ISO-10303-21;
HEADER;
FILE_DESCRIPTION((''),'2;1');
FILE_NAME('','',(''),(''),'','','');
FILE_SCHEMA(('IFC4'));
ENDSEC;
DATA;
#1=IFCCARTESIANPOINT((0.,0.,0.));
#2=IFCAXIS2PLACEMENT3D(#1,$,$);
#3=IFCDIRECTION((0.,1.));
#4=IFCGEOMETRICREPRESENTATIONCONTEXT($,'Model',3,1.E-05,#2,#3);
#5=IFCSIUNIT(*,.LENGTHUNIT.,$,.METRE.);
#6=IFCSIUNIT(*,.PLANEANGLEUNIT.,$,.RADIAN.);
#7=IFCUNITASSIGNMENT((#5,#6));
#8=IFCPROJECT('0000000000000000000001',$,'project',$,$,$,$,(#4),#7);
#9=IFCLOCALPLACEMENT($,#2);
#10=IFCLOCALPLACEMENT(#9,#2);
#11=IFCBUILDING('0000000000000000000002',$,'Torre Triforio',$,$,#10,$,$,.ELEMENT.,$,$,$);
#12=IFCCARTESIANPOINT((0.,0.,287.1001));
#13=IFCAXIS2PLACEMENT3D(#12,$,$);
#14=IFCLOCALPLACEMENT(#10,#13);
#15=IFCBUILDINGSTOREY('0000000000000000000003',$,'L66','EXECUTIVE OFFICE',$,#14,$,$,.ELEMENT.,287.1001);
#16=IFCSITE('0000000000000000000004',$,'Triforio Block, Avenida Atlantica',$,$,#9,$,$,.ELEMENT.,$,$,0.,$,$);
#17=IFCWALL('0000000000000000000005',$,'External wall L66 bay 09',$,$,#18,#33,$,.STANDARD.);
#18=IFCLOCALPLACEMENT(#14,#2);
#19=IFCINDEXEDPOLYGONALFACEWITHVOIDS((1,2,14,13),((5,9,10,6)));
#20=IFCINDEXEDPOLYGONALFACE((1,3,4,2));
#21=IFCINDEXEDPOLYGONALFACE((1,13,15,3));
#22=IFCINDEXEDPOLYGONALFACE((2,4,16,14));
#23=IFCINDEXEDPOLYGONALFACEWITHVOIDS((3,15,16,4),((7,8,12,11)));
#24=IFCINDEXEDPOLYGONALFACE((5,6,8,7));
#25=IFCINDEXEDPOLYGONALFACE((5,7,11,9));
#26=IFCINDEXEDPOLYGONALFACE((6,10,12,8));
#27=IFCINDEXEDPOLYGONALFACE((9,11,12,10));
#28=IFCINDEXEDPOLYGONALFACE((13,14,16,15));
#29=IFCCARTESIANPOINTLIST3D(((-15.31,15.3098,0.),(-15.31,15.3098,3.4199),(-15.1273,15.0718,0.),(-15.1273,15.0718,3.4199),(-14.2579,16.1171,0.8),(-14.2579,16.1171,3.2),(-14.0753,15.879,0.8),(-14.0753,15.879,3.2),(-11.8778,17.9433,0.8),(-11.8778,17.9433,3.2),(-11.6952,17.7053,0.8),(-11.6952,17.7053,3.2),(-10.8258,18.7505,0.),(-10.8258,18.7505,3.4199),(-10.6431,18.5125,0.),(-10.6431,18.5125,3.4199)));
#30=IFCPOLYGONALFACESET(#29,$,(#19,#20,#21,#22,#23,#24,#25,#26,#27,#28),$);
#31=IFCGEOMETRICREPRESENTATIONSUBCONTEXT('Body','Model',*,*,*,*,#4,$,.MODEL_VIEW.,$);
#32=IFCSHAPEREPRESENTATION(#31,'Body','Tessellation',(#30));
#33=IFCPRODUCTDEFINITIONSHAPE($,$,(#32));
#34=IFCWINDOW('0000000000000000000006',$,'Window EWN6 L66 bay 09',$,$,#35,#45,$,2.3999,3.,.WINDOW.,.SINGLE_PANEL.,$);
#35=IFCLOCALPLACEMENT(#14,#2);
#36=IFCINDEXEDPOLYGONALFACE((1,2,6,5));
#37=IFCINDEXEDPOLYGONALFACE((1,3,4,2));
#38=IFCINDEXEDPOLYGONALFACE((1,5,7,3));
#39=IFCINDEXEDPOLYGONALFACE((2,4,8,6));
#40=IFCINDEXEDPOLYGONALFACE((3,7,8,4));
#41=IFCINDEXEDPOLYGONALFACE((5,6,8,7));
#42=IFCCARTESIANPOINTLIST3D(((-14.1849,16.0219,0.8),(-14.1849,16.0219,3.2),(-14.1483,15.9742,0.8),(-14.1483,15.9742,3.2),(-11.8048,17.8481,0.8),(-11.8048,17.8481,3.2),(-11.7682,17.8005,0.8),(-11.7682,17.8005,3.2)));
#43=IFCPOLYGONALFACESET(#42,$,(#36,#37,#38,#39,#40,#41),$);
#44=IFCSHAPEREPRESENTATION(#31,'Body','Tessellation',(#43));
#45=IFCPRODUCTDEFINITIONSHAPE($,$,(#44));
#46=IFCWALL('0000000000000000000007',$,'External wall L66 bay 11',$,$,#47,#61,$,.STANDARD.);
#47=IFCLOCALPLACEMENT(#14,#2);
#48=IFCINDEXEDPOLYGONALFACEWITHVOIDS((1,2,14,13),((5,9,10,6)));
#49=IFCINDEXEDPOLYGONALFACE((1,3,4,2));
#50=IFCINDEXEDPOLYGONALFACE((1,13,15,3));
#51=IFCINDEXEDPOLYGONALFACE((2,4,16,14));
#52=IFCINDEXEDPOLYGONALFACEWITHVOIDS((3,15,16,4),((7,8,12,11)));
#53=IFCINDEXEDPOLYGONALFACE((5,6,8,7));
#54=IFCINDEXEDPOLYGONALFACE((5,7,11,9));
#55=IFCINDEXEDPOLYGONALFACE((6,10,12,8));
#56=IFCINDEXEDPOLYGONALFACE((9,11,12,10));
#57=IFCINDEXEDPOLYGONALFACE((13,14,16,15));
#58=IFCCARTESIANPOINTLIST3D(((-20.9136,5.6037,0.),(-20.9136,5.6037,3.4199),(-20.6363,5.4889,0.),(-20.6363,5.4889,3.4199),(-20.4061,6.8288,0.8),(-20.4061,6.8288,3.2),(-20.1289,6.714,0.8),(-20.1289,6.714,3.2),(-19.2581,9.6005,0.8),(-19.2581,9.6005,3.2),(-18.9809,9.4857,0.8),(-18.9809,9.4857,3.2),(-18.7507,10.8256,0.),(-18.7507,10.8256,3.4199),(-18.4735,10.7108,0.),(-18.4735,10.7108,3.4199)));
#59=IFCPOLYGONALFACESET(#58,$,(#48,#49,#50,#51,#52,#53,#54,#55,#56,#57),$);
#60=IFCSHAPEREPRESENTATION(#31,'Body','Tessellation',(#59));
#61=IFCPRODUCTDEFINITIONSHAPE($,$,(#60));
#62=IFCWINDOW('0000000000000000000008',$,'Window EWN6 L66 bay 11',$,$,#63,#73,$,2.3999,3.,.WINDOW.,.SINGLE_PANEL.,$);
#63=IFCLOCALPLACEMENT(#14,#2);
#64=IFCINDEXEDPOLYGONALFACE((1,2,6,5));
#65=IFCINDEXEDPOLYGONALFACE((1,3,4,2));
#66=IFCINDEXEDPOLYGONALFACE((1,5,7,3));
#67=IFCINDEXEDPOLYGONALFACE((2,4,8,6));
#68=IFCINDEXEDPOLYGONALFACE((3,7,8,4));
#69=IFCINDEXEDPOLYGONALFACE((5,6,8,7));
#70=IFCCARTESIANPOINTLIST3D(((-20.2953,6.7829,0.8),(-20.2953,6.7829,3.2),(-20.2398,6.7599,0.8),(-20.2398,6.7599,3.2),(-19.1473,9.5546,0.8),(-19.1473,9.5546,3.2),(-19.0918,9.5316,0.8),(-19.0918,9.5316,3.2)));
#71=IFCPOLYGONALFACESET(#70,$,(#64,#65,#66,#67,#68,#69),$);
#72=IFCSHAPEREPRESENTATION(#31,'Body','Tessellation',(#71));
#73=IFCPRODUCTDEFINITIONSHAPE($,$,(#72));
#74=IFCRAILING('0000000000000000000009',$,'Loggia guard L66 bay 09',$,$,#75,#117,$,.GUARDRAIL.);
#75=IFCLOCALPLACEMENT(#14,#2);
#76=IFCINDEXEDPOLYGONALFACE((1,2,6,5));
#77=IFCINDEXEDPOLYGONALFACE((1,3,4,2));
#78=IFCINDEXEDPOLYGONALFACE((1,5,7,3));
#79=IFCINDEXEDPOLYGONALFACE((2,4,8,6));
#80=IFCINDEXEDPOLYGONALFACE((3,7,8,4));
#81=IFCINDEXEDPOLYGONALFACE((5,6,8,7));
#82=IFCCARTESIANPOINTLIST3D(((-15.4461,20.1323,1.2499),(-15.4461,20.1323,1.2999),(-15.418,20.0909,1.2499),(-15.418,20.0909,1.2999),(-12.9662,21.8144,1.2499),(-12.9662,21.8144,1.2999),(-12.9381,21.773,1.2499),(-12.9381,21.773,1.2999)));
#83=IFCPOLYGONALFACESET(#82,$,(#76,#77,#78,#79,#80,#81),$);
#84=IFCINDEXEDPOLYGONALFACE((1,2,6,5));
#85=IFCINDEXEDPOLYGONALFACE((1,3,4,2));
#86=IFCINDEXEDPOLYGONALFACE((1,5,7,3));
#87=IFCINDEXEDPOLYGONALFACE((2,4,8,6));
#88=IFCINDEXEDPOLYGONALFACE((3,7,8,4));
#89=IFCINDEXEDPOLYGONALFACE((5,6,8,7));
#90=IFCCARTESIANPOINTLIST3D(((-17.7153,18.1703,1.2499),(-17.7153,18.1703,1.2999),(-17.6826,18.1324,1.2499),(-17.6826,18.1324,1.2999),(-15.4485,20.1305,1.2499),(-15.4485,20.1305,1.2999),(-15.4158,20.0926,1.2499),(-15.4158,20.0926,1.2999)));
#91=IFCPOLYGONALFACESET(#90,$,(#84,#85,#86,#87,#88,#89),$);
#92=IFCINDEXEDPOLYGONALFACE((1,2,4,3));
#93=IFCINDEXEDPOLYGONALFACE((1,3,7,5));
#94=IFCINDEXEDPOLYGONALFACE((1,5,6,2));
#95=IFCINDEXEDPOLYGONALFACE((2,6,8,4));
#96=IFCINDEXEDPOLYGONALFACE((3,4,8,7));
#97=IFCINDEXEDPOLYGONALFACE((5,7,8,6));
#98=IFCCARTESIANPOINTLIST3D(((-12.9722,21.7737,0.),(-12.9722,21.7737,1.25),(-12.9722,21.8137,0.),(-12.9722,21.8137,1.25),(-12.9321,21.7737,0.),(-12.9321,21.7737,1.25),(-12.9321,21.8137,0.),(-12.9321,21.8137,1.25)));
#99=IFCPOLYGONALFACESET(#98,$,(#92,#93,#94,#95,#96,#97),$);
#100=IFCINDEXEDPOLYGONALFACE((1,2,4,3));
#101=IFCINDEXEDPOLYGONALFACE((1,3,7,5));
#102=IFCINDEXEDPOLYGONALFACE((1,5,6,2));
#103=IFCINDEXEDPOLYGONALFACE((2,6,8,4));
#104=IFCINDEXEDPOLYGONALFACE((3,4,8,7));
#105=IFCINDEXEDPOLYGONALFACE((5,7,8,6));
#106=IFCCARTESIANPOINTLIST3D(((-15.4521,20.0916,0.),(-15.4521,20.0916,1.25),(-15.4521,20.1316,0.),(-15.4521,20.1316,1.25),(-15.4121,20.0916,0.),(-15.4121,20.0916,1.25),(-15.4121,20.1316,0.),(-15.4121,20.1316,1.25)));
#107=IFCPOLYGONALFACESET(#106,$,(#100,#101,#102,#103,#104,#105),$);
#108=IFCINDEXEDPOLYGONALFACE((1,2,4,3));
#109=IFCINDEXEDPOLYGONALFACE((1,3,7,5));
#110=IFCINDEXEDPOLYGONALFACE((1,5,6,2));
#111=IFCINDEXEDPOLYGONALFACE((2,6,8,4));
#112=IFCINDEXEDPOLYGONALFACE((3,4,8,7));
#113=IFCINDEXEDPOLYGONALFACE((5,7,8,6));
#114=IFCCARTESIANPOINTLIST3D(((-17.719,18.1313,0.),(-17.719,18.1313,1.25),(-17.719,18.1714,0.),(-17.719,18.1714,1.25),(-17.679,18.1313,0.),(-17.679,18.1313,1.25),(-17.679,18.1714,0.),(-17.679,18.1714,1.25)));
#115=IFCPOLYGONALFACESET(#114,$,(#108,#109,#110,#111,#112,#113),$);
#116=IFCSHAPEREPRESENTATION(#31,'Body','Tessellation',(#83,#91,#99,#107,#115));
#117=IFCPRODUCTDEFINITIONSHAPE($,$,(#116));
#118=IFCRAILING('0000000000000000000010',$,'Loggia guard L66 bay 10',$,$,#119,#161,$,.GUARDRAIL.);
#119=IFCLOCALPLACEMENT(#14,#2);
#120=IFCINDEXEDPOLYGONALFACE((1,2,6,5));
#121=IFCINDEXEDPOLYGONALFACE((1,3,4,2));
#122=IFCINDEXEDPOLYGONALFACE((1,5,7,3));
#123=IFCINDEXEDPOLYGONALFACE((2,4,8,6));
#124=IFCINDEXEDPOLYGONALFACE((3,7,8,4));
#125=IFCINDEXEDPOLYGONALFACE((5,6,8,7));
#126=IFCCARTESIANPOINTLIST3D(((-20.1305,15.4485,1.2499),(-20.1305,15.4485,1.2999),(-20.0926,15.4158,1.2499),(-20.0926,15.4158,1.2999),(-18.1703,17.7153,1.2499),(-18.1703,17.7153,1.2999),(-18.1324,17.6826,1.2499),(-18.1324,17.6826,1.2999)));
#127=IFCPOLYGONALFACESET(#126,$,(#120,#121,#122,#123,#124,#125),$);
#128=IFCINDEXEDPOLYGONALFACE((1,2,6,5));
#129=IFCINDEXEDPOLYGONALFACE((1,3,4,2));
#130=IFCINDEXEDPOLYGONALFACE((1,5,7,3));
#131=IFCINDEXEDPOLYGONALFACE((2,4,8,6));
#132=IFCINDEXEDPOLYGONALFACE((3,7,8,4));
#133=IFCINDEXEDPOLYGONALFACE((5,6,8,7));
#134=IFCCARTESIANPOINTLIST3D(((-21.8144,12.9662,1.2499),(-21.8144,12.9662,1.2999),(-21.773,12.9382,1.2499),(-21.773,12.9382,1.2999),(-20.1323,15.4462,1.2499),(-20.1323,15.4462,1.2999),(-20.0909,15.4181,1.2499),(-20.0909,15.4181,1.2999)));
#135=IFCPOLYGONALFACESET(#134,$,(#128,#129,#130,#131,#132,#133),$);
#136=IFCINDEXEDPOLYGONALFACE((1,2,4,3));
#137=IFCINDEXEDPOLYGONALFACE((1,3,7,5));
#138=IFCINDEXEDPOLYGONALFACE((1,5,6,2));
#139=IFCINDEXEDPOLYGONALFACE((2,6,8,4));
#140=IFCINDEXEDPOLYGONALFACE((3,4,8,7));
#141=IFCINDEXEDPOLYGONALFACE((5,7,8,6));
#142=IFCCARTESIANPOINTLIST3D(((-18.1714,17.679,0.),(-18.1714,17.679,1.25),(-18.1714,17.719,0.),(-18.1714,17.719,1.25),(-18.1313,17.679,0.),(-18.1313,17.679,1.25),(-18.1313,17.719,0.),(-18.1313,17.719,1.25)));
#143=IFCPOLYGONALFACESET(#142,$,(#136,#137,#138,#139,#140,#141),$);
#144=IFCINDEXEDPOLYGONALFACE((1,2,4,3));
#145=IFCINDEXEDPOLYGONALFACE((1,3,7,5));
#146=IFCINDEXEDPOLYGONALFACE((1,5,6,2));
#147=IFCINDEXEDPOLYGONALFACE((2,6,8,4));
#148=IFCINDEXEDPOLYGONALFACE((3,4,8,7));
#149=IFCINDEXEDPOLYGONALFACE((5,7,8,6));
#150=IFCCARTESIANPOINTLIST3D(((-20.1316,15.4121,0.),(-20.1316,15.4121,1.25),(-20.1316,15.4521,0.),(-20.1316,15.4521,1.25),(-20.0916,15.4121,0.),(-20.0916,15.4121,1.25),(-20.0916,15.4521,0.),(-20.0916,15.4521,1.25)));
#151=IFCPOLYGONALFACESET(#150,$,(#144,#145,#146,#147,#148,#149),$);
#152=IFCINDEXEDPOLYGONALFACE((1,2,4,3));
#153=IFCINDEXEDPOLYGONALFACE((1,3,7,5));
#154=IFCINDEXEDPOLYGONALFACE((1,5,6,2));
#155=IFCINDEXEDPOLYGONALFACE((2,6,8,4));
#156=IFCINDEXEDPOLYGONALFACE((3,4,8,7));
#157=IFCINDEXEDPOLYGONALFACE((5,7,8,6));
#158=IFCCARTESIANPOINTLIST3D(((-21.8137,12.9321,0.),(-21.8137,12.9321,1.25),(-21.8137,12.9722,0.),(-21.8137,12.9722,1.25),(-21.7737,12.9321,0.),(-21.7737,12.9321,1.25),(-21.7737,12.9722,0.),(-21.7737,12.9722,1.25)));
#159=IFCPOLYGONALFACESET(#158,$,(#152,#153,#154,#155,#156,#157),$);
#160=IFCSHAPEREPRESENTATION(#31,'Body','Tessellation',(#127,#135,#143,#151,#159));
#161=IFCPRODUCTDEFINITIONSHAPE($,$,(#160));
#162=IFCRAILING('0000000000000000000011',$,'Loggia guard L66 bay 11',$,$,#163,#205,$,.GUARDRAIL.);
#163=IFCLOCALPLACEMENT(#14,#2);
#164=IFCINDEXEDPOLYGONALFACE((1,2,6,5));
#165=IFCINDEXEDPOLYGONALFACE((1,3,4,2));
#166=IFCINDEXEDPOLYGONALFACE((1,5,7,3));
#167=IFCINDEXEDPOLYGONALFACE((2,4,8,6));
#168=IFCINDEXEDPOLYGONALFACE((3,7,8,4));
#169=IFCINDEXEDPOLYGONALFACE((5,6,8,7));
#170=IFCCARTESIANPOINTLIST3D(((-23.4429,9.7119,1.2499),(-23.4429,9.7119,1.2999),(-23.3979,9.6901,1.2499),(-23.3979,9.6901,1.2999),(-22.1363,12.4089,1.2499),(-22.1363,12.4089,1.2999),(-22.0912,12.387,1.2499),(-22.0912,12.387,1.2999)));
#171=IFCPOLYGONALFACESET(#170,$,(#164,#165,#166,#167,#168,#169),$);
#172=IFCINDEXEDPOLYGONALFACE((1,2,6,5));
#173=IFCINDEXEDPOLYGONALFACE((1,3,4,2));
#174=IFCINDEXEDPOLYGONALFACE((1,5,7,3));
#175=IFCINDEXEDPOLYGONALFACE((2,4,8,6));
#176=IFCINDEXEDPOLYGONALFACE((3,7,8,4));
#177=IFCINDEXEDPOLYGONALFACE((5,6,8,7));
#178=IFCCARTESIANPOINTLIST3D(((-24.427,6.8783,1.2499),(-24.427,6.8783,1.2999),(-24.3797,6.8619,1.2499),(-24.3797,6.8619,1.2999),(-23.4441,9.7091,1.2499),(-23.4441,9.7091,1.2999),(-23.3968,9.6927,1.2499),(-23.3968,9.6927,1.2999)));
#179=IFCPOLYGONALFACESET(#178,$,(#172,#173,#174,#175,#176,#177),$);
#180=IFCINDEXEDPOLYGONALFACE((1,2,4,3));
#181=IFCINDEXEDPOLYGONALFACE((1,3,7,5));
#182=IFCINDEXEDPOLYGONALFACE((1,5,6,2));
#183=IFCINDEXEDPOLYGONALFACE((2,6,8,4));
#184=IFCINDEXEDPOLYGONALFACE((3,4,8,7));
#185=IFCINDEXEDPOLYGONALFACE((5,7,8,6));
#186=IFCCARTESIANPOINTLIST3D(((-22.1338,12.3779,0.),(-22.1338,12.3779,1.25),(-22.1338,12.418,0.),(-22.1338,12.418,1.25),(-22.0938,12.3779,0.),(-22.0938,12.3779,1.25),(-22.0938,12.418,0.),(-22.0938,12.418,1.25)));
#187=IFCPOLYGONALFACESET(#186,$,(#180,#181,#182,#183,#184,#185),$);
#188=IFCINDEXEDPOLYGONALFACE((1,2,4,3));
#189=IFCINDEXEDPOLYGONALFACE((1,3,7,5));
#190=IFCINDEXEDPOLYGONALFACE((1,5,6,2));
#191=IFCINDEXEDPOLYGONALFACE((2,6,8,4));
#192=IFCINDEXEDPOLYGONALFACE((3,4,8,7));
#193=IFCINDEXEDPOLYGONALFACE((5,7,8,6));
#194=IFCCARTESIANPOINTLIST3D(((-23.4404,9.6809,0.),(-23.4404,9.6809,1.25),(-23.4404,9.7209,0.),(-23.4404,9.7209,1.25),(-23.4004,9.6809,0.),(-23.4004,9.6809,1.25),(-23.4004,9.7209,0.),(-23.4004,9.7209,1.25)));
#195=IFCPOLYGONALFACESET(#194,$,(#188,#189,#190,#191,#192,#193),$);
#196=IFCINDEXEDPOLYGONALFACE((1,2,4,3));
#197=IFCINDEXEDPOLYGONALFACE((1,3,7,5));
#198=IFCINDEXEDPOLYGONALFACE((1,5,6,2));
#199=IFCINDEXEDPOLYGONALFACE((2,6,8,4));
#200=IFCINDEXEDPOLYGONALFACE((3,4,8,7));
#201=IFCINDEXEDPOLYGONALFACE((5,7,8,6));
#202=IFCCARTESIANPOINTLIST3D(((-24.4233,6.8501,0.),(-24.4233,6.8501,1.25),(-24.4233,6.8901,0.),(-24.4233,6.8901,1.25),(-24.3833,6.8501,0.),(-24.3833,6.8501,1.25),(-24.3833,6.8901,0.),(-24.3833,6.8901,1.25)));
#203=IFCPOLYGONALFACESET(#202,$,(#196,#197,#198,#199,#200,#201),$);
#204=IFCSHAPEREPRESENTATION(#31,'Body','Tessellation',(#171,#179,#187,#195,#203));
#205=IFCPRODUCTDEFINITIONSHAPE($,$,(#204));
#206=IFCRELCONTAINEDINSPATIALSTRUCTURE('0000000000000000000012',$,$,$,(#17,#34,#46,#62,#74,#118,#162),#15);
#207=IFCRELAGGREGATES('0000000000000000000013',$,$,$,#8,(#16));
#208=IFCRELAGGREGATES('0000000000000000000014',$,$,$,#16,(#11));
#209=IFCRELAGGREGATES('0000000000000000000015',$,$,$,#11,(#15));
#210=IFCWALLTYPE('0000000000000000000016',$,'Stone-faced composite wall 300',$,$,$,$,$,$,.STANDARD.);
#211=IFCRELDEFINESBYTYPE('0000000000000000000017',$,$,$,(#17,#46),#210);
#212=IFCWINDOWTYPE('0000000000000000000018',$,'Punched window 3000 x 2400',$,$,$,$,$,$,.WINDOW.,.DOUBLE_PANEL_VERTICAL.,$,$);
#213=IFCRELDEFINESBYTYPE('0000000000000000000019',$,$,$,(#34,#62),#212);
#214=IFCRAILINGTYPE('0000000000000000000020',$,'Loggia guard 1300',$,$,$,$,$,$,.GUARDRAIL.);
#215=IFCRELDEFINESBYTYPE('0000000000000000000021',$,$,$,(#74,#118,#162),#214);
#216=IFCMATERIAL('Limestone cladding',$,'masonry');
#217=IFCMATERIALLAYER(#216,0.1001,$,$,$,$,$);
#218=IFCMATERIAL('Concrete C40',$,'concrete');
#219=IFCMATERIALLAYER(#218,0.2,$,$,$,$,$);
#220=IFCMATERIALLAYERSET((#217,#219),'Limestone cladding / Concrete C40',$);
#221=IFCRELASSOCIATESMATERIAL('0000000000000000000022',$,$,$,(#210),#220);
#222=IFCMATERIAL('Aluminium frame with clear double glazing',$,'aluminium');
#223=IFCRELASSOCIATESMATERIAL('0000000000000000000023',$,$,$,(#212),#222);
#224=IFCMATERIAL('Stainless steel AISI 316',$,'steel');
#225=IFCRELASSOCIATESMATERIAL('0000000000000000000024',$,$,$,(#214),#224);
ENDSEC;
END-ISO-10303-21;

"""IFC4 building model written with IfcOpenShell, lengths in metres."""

from ifc_helpers import new_model, si_unit, direction, frame, frame_2d, origin, origin_2d, place, context, subcontext, project, spatial, rectangle, extrude, material, layer, layer_set, type_object, element, fill, save


model = new_model("IFC4")

# Units and contexts
model_context = context("Model", 3, precision=1e-05, world=origin(), true_north=direction((0.0, 1.0)))
body_context = subcontext(model_context, "Body", "Model", "MODEL_VIEW")
ifc_project = project(units=[si_unit("LENGTHUNIT", "METRE"), si_unit("PLANEANGLEUNIT", "RADIAN")], contexts=[model_context])

# Site, building, storey
site_placement = place(None, origin())
site = spatial("IfcSite", under=ifc_project, at=site_placement, Name="Triforio Block, Avenida Atlantica", CompositionType="ELEMENT", RefElevation=0.0)
building_placement = place(site_placement, origin())
building = spatial("IfcBuilding", under=site, at=building_placement, Name="Torre Triforio", CompositionType="ELEMENT")
storey_placement = place(building_placement, frame((0.0, 0.0, 287.1001)))
storey = spatial("IfcBuildingStorey", under=building, at=storey_placement, Name="L66", Description="EXECUTIVE OFFICE", CompositionType="ELEMENT", Elevation=287.1001)

# Shared definitions
ifc_material_1 = material(Name="Concrete C40", Category="concrete")

# Shared definitions
ifc_material_2 = material(Name="Limestone cladding", Category="masonry")

# Wall, opening, window
ifc_layer_1 = layer(ifc_material_2, 0.1001)
ifc_layer_2 = layer(ifc_material_1, 0.2)
ifc_layer_set_1 = layer_set([ifc_layer_1, ifc_layer_2], Name="Limestone cladding / Concrete C40")
wall_type_1 = type_object("IfcWallType", Name="Stone-faced composite wall 300", PredefinedType="STANDARD", material=ifc_layer_set_1)
wall_1_placement = place(storey_placement, frame((-10.7344, 18.6316, 0.0), z_axis=(0.0, 0.0, 1.0), x_axis=(-0.793364, -0.608748, 0.0)))
wall_1 = element("IfcWall", 1, at=wall_1_placement, inside=storey, type_object=wall_type_1, Name="External wall L66 bay 09", PredefinedType="STANDARD", context=body_context, shape_type="SweptSolid", body=[
    extrude(rectangle(XDim=5.6521, YDim=0.3, at=frame_2d((2.8262, 0.0))), origin(), (0.0, 0.0, 1.0), 3.4199),
])
opening_1_placement = place(wall_1_placement, frame((1.3262, 0.0, 0.8)))
opening_1 = element("IfcOpeningElement", 2, at=opening_1_placement, cuts=wall_1, PredefinedType="OPENING", context=body_context, shape_type="SweptSolid", body=[
    extrude(rectangle(XDim=3.0, YDim=2.3999, at=frame_2d((1.5, 1.2))), frame((0.0, 0.1599, 0.0), z_axis=(0.0, -1.0, 0.0), x_axis=(1.0, 0.0, 0.0)), (0.0, 0.0, 1.0), 0.3201),
])
ifc_material_3 = material(Name="Aluminium frame with clear double glazing", Category="aluminium")
window_type_1 = type_object("IfcWindowType", Name="Punched window 3000 x 2400", PartitioningType="DOUBLE_PANEL_VERTICAL", PredefinedType="WINDOW", material=ifc_material_3)
window_1_placement = place(opening_1_placement, origin())
window_1 = element("IfcWindow", 3, at=window_1_placement, inside=storey, type_object=window_type_1, Name="Window EWN6 L66 bay 09", OverallHeight=2.3999, OverallWidth=3.0, PartitioningType="SINGLE_PANEL", PredefinedType="WINDOW", context=body_context, shape_type="SweptSolid", body=[
    extrude(rectangle(XDim=3.0, YDim=2.3999, at=frame_2d((1.5, 1.2))), frame((0.0, 0.03, 0.0), z_axis=(0.0, -1.0, 0.0), x_axis=(1.0, 0.0, 0.0)), (0.0, 0.0, 1.0), 0.0601),
])
fill(opening_1, window_1)

# Wall, opening, window
wall_2_placement = place(storey_placement, frame((-18.6121, 10.7683, 0.0), z_axis=(0.0, 0.0, 1.0), x_axis=(-0.382661, -0.923889, 0.0)))
wall_2 = element("IfcWall", 4, at=wall_2_placement, inside=storey, type_object=wall_type_1, Name="External wall L66 bay 11", PredefinedType="STANDARD", context=body_context, shape_type="SweptSolid", body=[
    extrude(rectangle(XDim=5.6521, YDim=0.3, at=frame_2d((2.8262, 0.0))), origin(), (0.0, 0.0, 1.0), 3.4199),
])
opening_2_placement = place(wall_2_placement, frame((1.3262, 0.0, 0.8)))
opening_2 = element("IfcOpeningElement", 5, at=opening_2_placement, cuts=wall_2, PredefinedType="OPENING", context=body_context, shape_type="SweptSolid", body=[
    extrude(rectangle(XDim=3.0, YDim=2.3999, at=frame_2d((1.5, 1.2))), frame((0.0, 0.1599, 0.0), z_axis=(0.0, -1.0, 0.0), x_axis=(1.0, 0.0, 0.0)), (0.0, 0.0, 1.0), 0.3201),
])
window_2_placement = place(opening_2_placement, origin())
window_2 = element("IfcWindow", 6, at=window_2_placement, inside=storey, type_object=window_type_1, Name="Window EWN6 L66 bay 11", OverallHeight=2.3999, OverallWidth=3.0, PartitioningType="SINGLE_PANEL", PredefinedType="WINDOW", context=body_context, shape_type="SweptSolid", body=[
    extrude(rectangle(XDim=3.0, YDim=2.3999, at=frame_2d((1.5, 1.2))), frame((0.0, 0.03, 0.0), z_axis=(0.0, -1.0, 0.0), x_axis=(1.0, 0.0, 0.0)), (0.0, 0.0, 1.0), 0.0601),
])
fill(opening_2, window_2)

# Railings
ifc_material_4 = material(Name="Stainless steel AISI 316", Category="steel")
railing_type = type_object("IfcRailingType", Name="Loggia guard 1300", PredefinedType="GUARDRAIL", material=ifc_material_4)
railing_1_placement = place(storey_placement, frame((-12.9521, 21.7937, 0.0)))
element("IfcRailing", 7, at=railing_1_placement, inside=storey, type_object=railing_type, Name="Loggia guard L66 bay 09", PredefinedType="GUARDRAIL", context=body_context, shape_type="SweptSolid", body=[
    extrude(rectangle(XDim=0.05, YDim=0.05, at=origin_2d()), frame((0.0, 0.0, 1.2749), z_axis=(-0.827587, -0.561338, 0.0), x_axis=(0.561338, -0.827587, 0.0)), (0.0, 0.0, 1.0), 2.9966),
    extrude(rectangle(XDim=0.05, YDim=0.05, at=origin_2d()), frame((-2.48, -1.6821, 1.2749), z_axis=(-0.756414, -0.654093, 0.0), x_axis=(0.654093, -0.756414, 0.0)), (0.0, 0.0, 1.0), 2.9968),
    extrude(rectangle(XDim=0.04, YDim=0.04, at=origin_2d()), origin(), (0.0, 0.0, 1.0), 1.25),
    extrude(rectangle(XDim=0.04, YDim=0.04, at=origin_2d()), frame((-2.48, -1.6821, 0.0)), (0.0, 0.0, 1.0), 1.25),
    extrude(rectangle(XDim=0.04, YDim=0.04, at=origin_2d()), frame((-4.7468, -3.6423, 0.0)), (0.0, 0.0, 1.0), 1.25),
])
railing_2_placement = place(storey_placement, frame((-18.1514, 17.699, 0.0)))
element("IfcRailing", 8, at=railing_2_placement, inside=storey, type_object=railing_type, Name="Loggia guard L66 bay 10", PredefinedType="GUARDRAIL", context=body_context, shape_type="SweptSolid", body=[
    extrude(rectangle(XDim=0.05, YDim=0.05, at=origin_2d()), frame((0.0, 0.0, 1.2749), z_axis=(-0.654093, -0.756414, 0.0), x_axis=(0.756414, -0.654093, 0.0)), (0.0, 0.0, 1.0), 2.9968),
    extrude(rectangle(XDim=0.05, YDim=0.05, at=origin_2d()), frame((-1.9602, -2.2668, 1.2749), z_axis=(-0.561338, -0.827587, 0.0), x_axis=(0.827587, -0.561338, 0.0)), (0.0, 0.0, 1.0), 2.9966),
    extrude(rectangle(XDim=0.04, YDim=0.04, at=origin_2d()), origin(), (0.0, 0.0, 1.0), 1.25),
    extrude(rectangle(XDim=0.04, YDim=0.04, at=origin_2d()), frame((-1.9602, -2.2668, 0.0)), (0.0, 0.0, 1.0), 1.25),
    extrude(rectangle(XDim=0.04, YDim=0.04, at=origin_2d()), frame((-3.6423, -4.7468, 0.0)), (0.0, 0.0, 1.0), 1.25),
])
railing_3_placement = place(storey_placement, frame((-22.1138, 12.3979, 0.0)))
element("IfcRailing", 9, at=railing_3_placement, inside=storey, type_object=railing_type, Name="Loggia guard L66 bay 11", PredefinedType="GUARDRAIL", context=body_context, shape_type="SweptSolid", body=[
    extrude(rectangle(XDim=0.05, YDim=0.05, at=origin_2d()), frame((0.0, 0.0, 1.2749), z_axis=(-0.436002, -0.899946, 0.0), x_axis=(0.899946, -0.436002, 0.0)), (0.0, 0.0, 1.0), 2.9968),
    extrude(rectangle(XDim=0.05, YDim=0.05, at=origin_2d()), frame((-1.3066, -2.697, 1.2749), z_axis=(-0.328009, -0.944675, 0.0), x_axis=(0.944675, -0.328009, 0.0)), (0.0, 0.0, 1.0), 2.9966),
    extrude(rectangle(XDim=0.04, YDim=0.04, at=origin_2d()), origin(), (0.0, 0.0, 1.0), 1.25),
    extrude(rectangle(XDim=0.04, YDim=0.04, at=origin_2d()), frame((-1.3066, -2.697, 0.0)), (0.0, 0.0, 1.0), 1.25),
    extrude(rectangle(XDim=0.04, YDim=0.04, at=origin_2d()), frame((-2.2896, -5.5278, 0.0)), (0.0, 0.0, 1.0), 1.25),
])

save(model, "model.ifc")
